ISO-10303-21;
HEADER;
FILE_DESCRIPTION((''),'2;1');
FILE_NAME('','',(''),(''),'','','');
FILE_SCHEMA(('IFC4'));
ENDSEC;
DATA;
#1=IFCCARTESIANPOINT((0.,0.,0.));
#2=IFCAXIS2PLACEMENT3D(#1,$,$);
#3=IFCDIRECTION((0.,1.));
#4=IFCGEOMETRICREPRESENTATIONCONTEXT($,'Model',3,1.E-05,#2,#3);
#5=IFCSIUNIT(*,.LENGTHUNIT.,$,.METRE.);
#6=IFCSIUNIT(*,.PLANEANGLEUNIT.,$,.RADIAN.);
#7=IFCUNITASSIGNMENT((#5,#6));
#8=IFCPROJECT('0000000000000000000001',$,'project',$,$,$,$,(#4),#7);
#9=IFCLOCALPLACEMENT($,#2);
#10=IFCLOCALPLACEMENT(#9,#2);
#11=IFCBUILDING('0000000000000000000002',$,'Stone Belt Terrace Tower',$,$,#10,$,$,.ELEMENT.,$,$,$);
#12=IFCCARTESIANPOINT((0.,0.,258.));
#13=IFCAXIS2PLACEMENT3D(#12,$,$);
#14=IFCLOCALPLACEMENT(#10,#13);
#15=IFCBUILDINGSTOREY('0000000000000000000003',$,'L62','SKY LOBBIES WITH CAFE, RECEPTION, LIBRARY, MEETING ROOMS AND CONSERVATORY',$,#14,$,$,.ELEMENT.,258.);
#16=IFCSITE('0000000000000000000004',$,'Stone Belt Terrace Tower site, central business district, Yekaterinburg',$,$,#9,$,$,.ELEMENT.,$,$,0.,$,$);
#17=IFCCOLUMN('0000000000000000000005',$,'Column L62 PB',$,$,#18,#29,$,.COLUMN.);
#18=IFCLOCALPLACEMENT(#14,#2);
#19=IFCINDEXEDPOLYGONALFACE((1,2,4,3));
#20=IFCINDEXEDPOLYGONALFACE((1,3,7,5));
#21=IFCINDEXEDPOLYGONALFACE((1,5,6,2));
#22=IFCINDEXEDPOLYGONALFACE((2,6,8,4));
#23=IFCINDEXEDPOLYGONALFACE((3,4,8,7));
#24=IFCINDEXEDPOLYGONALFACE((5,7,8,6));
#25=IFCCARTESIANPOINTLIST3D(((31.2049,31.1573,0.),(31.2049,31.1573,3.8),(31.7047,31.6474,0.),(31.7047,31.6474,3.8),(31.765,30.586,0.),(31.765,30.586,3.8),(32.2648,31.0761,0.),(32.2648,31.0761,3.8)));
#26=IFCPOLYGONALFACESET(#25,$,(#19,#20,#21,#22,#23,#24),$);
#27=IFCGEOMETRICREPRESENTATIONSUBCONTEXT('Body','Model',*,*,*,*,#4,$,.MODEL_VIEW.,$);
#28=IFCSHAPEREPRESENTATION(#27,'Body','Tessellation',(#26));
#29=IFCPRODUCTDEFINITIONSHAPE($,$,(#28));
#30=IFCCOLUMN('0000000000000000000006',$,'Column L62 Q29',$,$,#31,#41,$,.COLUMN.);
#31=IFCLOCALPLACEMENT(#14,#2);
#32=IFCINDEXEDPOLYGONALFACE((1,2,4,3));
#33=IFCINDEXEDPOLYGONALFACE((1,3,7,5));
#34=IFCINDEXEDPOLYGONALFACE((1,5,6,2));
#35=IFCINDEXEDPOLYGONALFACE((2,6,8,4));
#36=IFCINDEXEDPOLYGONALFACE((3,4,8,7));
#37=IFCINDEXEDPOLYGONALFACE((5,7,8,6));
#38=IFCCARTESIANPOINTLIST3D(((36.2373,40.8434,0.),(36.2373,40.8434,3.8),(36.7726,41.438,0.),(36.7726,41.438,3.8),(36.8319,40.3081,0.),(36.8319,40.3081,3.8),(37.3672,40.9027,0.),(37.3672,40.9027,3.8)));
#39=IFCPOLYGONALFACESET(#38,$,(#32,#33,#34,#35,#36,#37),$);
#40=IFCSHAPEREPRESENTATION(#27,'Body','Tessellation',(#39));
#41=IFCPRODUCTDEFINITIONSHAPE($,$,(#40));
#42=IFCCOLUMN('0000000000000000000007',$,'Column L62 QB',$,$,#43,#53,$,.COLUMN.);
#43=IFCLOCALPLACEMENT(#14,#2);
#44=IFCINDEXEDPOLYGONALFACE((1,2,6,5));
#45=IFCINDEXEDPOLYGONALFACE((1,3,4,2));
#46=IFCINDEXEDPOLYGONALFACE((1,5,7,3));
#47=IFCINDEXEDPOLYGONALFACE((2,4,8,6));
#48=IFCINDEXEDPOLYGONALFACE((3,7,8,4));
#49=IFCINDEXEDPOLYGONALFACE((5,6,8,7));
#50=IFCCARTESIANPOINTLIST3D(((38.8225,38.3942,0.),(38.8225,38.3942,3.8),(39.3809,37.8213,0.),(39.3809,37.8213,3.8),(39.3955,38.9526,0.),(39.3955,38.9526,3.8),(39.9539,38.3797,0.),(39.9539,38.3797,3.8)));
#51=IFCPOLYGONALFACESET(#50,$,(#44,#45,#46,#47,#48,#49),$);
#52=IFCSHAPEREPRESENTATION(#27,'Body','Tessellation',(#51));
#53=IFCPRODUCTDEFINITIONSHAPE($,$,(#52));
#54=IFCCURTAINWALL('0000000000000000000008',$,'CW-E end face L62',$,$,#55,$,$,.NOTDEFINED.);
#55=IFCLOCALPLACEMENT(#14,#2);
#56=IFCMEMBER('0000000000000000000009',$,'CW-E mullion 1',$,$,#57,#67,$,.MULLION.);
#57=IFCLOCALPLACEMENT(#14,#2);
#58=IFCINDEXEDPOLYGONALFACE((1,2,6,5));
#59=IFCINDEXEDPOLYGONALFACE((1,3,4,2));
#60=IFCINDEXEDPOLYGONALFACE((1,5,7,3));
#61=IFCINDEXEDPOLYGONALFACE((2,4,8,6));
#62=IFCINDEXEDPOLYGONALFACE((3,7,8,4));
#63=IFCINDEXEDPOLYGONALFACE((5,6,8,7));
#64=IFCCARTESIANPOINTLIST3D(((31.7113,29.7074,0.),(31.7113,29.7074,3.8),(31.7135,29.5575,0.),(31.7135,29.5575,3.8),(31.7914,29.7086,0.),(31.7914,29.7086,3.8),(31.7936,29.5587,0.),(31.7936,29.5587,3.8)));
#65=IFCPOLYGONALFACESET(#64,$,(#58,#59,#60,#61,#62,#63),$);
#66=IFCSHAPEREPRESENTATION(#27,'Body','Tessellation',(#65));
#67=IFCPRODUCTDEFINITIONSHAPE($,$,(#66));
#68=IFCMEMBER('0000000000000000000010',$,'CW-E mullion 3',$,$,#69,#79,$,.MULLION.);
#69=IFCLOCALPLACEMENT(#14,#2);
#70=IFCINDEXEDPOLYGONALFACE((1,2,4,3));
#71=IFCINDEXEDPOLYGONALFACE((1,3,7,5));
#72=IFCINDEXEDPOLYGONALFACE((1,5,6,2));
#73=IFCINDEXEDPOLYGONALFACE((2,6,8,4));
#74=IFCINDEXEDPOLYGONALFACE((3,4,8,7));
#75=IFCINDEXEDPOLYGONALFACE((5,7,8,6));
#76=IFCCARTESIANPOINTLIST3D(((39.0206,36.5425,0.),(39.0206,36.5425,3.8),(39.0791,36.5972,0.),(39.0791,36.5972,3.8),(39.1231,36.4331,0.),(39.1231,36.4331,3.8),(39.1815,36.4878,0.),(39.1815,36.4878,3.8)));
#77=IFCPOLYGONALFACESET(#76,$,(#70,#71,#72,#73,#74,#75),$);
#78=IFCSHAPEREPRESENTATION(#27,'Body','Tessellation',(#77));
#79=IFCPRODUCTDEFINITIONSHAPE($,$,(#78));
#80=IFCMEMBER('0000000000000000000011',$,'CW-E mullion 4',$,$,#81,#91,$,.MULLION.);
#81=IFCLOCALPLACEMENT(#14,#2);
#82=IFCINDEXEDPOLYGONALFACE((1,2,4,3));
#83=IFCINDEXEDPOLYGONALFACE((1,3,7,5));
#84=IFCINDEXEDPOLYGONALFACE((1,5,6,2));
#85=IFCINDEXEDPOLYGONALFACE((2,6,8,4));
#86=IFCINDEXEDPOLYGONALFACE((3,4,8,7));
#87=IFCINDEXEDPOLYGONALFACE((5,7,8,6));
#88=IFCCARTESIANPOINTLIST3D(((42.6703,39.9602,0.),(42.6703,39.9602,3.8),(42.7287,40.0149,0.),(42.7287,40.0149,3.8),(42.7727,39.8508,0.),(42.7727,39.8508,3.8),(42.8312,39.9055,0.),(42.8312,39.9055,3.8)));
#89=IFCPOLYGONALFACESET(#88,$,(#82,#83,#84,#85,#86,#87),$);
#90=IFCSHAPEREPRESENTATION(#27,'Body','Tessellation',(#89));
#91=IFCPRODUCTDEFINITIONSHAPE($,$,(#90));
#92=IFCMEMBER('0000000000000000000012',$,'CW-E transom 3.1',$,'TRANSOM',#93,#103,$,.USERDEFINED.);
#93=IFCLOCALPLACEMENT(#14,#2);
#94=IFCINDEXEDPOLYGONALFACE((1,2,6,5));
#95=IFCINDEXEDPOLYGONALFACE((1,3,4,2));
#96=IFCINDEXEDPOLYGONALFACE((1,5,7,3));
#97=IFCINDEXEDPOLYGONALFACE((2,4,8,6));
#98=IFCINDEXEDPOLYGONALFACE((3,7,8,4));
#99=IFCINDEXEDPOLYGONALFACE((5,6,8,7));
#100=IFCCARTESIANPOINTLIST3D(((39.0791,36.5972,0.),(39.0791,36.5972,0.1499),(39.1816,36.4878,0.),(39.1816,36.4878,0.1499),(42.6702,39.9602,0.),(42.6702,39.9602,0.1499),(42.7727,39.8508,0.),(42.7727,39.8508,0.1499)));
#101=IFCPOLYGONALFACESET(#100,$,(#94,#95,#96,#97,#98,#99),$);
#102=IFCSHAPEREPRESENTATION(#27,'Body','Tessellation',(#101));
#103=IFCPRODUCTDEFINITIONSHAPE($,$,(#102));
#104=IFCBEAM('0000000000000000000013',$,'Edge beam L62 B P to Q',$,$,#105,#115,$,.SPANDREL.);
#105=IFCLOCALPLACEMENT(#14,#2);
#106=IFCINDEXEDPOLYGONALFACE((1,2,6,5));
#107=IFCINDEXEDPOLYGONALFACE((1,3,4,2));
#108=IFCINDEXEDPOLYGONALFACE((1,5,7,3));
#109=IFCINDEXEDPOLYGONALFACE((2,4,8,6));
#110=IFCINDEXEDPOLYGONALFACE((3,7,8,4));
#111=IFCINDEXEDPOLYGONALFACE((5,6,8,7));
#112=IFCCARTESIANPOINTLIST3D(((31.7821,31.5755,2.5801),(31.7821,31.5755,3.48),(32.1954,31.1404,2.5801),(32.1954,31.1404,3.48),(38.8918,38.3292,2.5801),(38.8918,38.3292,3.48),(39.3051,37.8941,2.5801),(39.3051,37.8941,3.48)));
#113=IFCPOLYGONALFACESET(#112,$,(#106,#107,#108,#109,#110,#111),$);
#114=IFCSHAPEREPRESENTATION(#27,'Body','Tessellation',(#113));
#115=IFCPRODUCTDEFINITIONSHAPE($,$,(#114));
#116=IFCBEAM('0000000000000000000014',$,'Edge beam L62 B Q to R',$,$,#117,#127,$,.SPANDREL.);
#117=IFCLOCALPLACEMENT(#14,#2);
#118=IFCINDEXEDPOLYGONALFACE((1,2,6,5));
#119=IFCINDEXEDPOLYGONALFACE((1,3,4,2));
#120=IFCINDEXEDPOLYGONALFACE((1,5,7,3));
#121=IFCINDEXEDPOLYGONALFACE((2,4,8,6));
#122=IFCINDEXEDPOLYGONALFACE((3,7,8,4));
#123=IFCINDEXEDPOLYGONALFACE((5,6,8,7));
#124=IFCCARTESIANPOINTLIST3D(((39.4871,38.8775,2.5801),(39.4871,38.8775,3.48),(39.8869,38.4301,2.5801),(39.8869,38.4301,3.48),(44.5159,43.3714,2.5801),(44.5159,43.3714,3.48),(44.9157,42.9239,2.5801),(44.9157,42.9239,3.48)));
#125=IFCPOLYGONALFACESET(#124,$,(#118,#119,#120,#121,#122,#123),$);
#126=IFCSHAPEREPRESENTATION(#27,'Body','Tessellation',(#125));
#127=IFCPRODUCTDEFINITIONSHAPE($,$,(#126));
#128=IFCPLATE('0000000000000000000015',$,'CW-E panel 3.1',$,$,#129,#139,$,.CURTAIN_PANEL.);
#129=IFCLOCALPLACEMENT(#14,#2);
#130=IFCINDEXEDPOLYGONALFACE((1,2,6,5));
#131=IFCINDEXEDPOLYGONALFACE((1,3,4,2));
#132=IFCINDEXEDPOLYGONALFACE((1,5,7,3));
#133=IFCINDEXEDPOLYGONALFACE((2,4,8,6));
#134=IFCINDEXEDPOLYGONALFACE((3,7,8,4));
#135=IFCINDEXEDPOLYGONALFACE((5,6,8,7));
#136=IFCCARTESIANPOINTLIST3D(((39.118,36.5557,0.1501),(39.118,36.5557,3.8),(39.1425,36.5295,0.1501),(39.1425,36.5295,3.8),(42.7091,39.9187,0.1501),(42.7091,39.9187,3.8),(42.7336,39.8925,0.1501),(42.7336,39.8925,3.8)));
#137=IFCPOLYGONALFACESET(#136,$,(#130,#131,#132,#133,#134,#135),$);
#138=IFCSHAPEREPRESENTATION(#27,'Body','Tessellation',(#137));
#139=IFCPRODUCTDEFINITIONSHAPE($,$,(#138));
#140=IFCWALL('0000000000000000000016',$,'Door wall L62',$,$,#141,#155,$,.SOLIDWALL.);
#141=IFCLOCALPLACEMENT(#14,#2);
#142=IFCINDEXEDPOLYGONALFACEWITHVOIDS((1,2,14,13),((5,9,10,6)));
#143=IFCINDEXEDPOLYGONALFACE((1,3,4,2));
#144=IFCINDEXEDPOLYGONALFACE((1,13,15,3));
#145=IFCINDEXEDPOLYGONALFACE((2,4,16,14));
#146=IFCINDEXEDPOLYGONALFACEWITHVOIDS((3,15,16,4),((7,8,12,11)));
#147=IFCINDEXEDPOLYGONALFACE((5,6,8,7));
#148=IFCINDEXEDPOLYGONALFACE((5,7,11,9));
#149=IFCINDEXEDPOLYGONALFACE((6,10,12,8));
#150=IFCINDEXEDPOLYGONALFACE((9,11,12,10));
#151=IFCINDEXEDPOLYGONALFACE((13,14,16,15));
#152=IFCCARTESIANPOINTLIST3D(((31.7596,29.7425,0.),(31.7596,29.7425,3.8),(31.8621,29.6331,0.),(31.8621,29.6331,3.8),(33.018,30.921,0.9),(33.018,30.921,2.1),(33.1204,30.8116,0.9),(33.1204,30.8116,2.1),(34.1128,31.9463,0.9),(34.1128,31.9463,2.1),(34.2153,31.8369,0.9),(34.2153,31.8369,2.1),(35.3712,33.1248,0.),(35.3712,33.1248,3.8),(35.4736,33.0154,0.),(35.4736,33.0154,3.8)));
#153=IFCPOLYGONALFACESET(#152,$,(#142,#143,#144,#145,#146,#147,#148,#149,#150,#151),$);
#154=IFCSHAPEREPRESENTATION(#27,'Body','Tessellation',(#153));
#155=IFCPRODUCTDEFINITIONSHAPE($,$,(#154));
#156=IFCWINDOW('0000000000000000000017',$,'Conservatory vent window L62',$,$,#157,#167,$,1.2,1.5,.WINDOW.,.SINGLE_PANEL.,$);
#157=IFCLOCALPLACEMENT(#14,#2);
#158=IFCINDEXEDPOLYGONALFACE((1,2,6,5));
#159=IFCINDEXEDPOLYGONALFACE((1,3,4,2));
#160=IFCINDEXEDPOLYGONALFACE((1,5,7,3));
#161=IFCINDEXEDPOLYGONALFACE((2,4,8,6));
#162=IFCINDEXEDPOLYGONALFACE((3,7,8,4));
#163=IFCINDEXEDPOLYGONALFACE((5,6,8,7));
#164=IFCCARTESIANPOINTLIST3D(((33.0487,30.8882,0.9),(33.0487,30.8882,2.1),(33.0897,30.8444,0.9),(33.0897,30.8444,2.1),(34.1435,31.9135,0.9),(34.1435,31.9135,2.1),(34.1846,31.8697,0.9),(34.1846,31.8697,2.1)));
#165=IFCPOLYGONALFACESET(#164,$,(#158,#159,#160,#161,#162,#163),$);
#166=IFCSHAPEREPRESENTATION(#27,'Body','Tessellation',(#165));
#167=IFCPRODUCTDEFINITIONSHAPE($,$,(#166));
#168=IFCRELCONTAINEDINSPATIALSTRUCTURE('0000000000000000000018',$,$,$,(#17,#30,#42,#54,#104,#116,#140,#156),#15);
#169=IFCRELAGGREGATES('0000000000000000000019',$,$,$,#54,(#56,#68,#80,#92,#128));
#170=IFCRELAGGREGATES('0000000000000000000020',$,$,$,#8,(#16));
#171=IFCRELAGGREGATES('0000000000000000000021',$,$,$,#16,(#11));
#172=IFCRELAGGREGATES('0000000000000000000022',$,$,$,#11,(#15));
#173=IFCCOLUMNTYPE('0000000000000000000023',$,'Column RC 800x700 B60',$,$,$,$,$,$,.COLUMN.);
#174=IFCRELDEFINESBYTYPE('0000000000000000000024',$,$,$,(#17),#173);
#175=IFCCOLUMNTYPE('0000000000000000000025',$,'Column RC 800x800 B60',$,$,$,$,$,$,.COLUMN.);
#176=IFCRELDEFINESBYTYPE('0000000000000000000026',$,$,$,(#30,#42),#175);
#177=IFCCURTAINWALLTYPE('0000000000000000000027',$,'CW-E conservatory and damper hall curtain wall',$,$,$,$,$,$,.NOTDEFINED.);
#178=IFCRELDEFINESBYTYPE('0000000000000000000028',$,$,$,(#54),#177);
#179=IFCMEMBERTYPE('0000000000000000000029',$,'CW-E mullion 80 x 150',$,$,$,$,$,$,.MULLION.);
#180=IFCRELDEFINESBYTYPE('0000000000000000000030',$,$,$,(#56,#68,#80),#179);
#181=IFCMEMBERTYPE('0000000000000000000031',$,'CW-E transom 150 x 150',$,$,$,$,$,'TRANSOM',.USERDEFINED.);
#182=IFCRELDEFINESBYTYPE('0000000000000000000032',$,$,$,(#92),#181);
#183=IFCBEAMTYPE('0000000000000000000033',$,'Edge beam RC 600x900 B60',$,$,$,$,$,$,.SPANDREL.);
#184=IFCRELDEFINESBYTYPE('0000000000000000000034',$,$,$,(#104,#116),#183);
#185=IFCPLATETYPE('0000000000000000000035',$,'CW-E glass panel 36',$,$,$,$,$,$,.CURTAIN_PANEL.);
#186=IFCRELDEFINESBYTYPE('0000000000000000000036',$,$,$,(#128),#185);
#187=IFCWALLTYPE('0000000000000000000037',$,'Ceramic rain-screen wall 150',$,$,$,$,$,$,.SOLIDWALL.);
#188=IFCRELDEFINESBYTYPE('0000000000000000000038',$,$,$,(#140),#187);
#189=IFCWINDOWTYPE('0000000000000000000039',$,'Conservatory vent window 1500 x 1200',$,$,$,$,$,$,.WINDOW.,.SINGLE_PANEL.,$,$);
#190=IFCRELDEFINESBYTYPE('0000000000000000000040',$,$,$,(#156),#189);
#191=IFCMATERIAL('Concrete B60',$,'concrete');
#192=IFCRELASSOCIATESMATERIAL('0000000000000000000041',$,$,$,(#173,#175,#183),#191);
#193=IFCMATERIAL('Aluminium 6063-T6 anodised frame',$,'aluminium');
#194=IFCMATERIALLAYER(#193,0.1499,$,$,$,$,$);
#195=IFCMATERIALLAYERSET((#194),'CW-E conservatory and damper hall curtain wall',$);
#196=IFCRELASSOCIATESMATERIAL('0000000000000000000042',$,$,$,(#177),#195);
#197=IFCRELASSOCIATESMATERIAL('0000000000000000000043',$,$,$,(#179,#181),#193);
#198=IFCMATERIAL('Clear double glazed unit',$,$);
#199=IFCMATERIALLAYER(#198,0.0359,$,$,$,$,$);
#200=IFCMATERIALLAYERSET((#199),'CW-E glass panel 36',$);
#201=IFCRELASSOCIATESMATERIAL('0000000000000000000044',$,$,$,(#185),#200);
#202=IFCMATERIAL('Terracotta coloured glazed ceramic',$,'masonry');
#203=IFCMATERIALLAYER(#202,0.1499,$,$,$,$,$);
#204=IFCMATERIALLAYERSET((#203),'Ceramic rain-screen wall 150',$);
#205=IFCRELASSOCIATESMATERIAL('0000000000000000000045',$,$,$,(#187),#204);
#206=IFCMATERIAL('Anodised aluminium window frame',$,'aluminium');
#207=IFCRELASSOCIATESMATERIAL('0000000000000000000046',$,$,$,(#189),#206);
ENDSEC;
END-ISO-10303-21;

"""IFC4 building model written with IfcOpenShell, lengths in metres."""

from ifc_helpers import new_model, si_unit, direction, frame, frame_2d, origin, origin_2d, place, context, subcontext, project, spatial, rectangle, extrude, material, layer, layer_set, material_profile, profile_set, type_object, element, fill, aggregate, save


model = new_model("IFC4")

# Units and contexts
model_context = context("Model", 3, precision=1e-05, world=origin(), true_north=direction((0.0, 1.0)))
body_context = subcontext(model_context, "Body", "Model", "MODEL_VIEW")
ifc_project = project(units=[si_unit("LENGTHUNIT", "METRE"), si_unit("PLANEANGLEUNIT", "RADIAN")], contexts=[model_context])

# Site, building, storey
site_placement = place(None, origin())
site = spatial("IfcSite", under=ifc_project, at=site_placement, Name="Stone Belt Terrace Tower site, central business district, Yekaterinburg", CompositionType="ELEMENT", RefElevation=0.0)
building_placement = place(site_placement, origin())
building = spatial("IfcBuilding", under=site, at=building_placement, Name="Stone Belt Terrace Tower", CompositionType="ELEMENT")
storey_placement = place(building_placement, frame((0.0, 0.0, 258.0)))
storey = spatial("IfcBuildingStorey", under=building, at=storey_placement, Name="L62", Description="SKY LOBBIES WITH CAFE, RECEPTION, LIBRARY, MEETING ROOMS AND CONSERVATORY", CompositionType="ELEMENT", Elevation=258.0)

# Columns
ifc_material_1 = material(Name="Concrete B60", Category="concrete")
ifc_material_profile_1 = material_profile(ifc_material_1, rectangle(XDim=0.8, YDim=0.7, at=origin_2d()), Name="RC 800x700")
ifc_profile_set_1 = profile_set([ifc_material_profile_1], Name="Concrete B60")
column_type_1 = type_object("IfcColumnType", Name="Column RC 800x700 B60", PredefinedType="COLUMN", material=ifc_profile_set_1)
column_placement = place(storey_placement, frame((31.7349, 31.1167, 0.0), z_axis=(0.0, 0.0, 1.0), x_axis=(0.70012, -0.714026, 0.0)))
element("IfcColumn", 1, at=column_placement, inside=storey, type_object=column_type_1, Name="Column L62 PB", PredefinedType="COLUMN", context=body_context, shape_type="SweptSolid", body=[
    extrude(rectangle(XDim=0.8, YDim=0.7, at=origin_2d()), origin(), (0.0, 0.0, 1.0), 3.8),
])
ifc_material_profile_2 = material_profile(ifc_material_1, rectangle(XDim=0.8, YDim=0.8, at=origin_2d()), Name="RC 800x800")
ifc_profile_set_2 = profile_set([ifc_material_profile_2], Name="Concrete B60")
column_type_2 = type_object("IfcColumnType", Name="Column RC 800x800 B60", PredefinedType="COLUMN", material=ifc_profile_set_2)
for number, where, z_axis, x_axis, name in (
    (2, (36.8022, 40.873, 0.0), (0.0, 0.0, 1.0), (0.743145, -0.669131, 0.0), "Column L62 Q29"),
    (3, (39.3882, 38.387, 0.0), (0.0, 0.0, 1.0), (0.697944, -0.716152, 0.0), "Column L62 QB"),
):
    element("IfcColumn", number, at=place(storey_placement, frame(where, z_axis=z_axis, x_axis=x_axis)), inside=storey, type_object=column_type_2, Name=name, PredefinedType="COLUMN", context=body_context, shape_type="SweptSolid", body=[
        extrude(rectangle(XDim=0.8, YDim=0.8, at=origin_2d()), origin(), (0.0, 0.0, 1.0), 3.8),
    ])

# Curtain wall, members
ifc_material_2 = material(Name="Aluminium 6063-T6 anodised frame", Category="aluminium")
ifc_layer_1 = layer(ifc_material_2, 0.1499)
ifc_layer_set_1 = layer_set([ifc_layer_1], Name="CW-E conservatory and damper hall curtain wall")
curtain_wall_type = type_object("IfcCurtainWallType", Name="CW-E conservatory and damper hall curtain wall", PredefinedType="NOTDEFINED", material=ifc_layer_set_1)
curtain_wall_placement = place(storey_placement, origin())
curtain_wall = element("IfcCurtainWall", 4, at=curtain_wall_placement, inside=storey, type_object=curtain_wall_type, Name="CW-E end face L62", PredefinedType="NOTDEFINED")
ifc_material_profile_3 = material_profile(ifc_material_2, rectangle(XDim=0.1499, YDim=0.0801, at=origin_2d()), Name="Aluminium 6063-T6 80x150")
ifc_profile_set_3 = profile_set([ifc_material_profile_3], Name="Aluminium 6063-T6 anodised frame")
member_type_1 = type_object("IfcMemberType", Name="CW-E mullion 80 x 150", PredefinedType="MULLION", material=ifc_profile_set_3)
member_1_placement = place(storey_placement, frame((31.7524, 29.6331, 0.0), z_axis=(0.0, 0.0, 1.0), x_axis=(-0.014682, 0.999892, 0.0)))
member_1 = element("IfcMember", 5, at=member_1_placement, type_object=member_type_1, Name="CW-E mullion 1", PredefinedType="MULLION", context=body_context, shape_type="SweptSolid", body=[
    extrude(rectangle(XDim=0.1499, YDim=0.0801, at=origin_2d()), origin(), (0.0, 0.0, 1.0), 3.8),
])
member_2_placement = place(storey_placement, frame((39.1011, 36.5151, 0.0), z_axis=(0.0, 0.0, 1.0), x_axis=(-0.683549, 0.729904, 0.0)))
member_2 = element("IfcMember", 6, at=member_2_placement, type_object=member_type_1, Name="CW-E mullion 3", PredefinedType="MULLION", context=body_context, shape_type="SweptSolid", body=[
    extrude(rectangle(XDim=0.1499, YDim=0.0801, at=origin_2d()), origin(), (0.0, 0.0, 1.0), 3.8),
])
member_3_placement = place(storey_placement, frame((42.7507, 39.9329, 0.0), z_axis=(0.0, 0.0, 1.0), x_axis=(-0.683549, 0.729904, 0.0)))
member_3 = element("IfcMember", 7, at=member_3_placement, type_object=member_type_1, Name="CW-E mullion 4", PredefinedType="MULLION", context=body_context, shape_type="SweptSolid", body=[
    extrude(rectangle(XDim=0.1499, YDim=0.0801, at=origin_2d()), origin(), (0.0, 0.0, 1.0), 3.8),
])
ifc_material_profile_4 = material_profile(ifc_material_2, rectangle(XDim=0.1499, YDim=0.1499, at=origin_2d()), Name="Aluminium 6063-T6 150x150")
ifc_profile_set_4 = profile_set([ifc_material_profile_4], Name="Aluminium 6063-T6 anodised frame")
member_type_2 = type_object("IfcMemberType", Name="CW-E transom 150 x 150", ElementType="TRANSOM", PredefinedType="USERDEFINED", material=ifc_profile_set_4)
member_4_placement = place(storey_placement, frame((39.1304, 36.5425, 0.075), z_axis=(0.729901, 0.683553, 0.0), x_axis=(-0.683553, 0.729901, 0.0)))
member_4 = element("IfcMember", 8, at=member_4_placement, type_object=member_type_2, Name="CW-E transom 3.1", ObjectType="TRANSOM", PredefinedType="USERDEFINED", context=body_context, shape_type="SweptSolid", body=[
    extrude(rectangle(XDim=0.1499, YDim=0.1499, at=origin_2d()), origin(), (0.0, 0.0, 1.0), 4.9199),
])

# Beams
ifc_material_profile_5 = material_profile(ifc_material_1, rectangle(XDim=0.6001, YDim=0.8999, at=origin_2d()), Name="RC 600x900")
ifc_profile_set_5 = profile_set([ifc_material_profile_5], Name="Concrete B60")
beam_type = type_object("IfcBeamType", Name="Edge beam RC 600x900 B60", PredefinedType="SPANDREL", material=ifc_profile_set_5)
beam_1_placement = place(storey_placement, frame((31.9888, 31.3579, 3.03), z_axis=(0.725024, 0.688724, 0.0), x_axis=(-0.688724, 0.725024, 0.0)))
element("IfcBeam", 9, at=beam_1_placement, inside=storey, type_object=beam_type, Name="Edge beam L62 B P to Q", PredefinedType="SPANDREL", context=body_context, shape_type="SweptSolid", body=[
    extrude(rectangle(XDim=0.6001, YDim=0.8999, at=origin_2d()), origin(), (0.0, 0.0, 1.0), 9.8062),
])
beam_2_placement = place(storey_placement, frame((39.687, 38.6538, 3.03), z_axis=(0.745651, 0.666337, 0.0), x_axis=(-0.666337, 0.745651, 0.0)))
element("IfcBeam", 10, at=beam_2_placement, inside=storey, type_object=beam_type, Name="Edge beam L62 B Q to R", PredefinedType="SPANDREL", context=body_context, shape_type="SweptSolid", body=[
    extrude(rectangle(XDim=0.6001, YDim=0.8999, at=origin_2d()), origin(), (0.0, 0.0, 1.0), 6.7441),
])

# Plate
ifc_material_3 = material(Name="Clear double glazed unit")
ifc_layer_2 = layer(ifc_material_3, 0.0359)
ifc_layer_set_2 = layer_set([ifc_layer_2], Name="CW-E glass panel 36")
plate_type = type_object("IfcPlateType", Name="CW-E glass panel 36", PredefinedType="CURTAIN_PANEL", material=ifc_layer_set_2)
plate_placement = place(storey_placement, frame((40.9258, 38.2241, 0.1501), z_axis=(0.0, 0.0, 1.0), x_axis=(0.729904, 0.683549, 0.0)))
plate = element("IfcPlate", 11, at=plate_placement, type_object=plate_type, Name="CW-E panel 3.1", PredefinedType="CURTAIN_PANEL", context=body_context, shape_type="SweptSolid", body=[
    extrude(rectangle(XDim=4.9199, YDim=0.0359, at=origin_2d()), origin(), (0.0, 0.0, 1.0), 3.6499),
])
aggregate(curtain_wall, [member_1, member_2, member_3, member_4, plate])

# Wall, opening, window
ifc_material_4 = material(Name="Terracotta coloured glazed ceramic", Category="masonry")
ifc_layer_3 = layer(ifc_material_4, 0.1499)
ifc_layer_set_3 = layer_set([ifc_layer_3], Name="Ceramic rain-screen wall 150")
wall_type_1 = type_object("IfcWallType", Name="Ceramic rain-screen wall 150", PredefinedType="SOLIDWALL", material=ifc_layer_set_3)
wall_1_placement = place(storey_placement, frame((31.8108, 29.6877, 0.0), z_axis=(0.0, 0.0, 1.0), x_axis=(0.729893, 0.683562, 0.0)))
wall_1 = element("IfcWall", 12, at=wall_1_placement, inside=storey, type_object=wall_type_1, Name="Door wall L62", PredefinedType="SOLIDWALL", context=body_context, shape_type="SweptSolid", body=[
    extrude(rectangle(XDim=4.948, YDim=0.1499, at=frame_2d((2.4741, 0.0))), origin(), (0.0, 0.0, 1.0), 3.8),
])
opening_1_placement = place(wall_1_placement, frame((1.7241, 0.0, 0.8999)))
opening_1 = element("IfcOpeningElement", 13, at=opening_1_placement, cuts=wall_1, PredefinedType="OPENING", context=body_context, shape_type="SweptSolid", body=[
    extrude(rectangle(XDim=1.5, YDim=1.2, at=frame_2d((0.75, 0.6001))), frame((0.0, 0.085, 0.0), z_axis=(0.0, -1.0, 0.0), x_axis=(1.0, 0.0, 0.0)), (0.0, 0.0, 1.0), 0.1699),
])
ifc_material_5 = material(Name="Anodised aluminium window frame", Category="aluminium")
window_type = type_object("IfcWindowType", Name="Conservatory vent window 1500 x 1200", PartitioningType="SINGLE_PANEL", PredefinedType="WINDOW", material=ifc_material_5)
window_1_placement = place(opening_1_placement, origin())
window_1 = element("IfcWindow", 14, at=window_1_placement, inside=storey, type_object=window_type, Name="Conservatory vent window L62", OverallHeight=1.2, OverallWidth=1.5, PartitioningType="SINGLE_PANEL", PredefinedType="WINDOW", context=body_context, shape_type="SweptSolid", body=[
    extrude(rectangle(XDim=1.5, YDim=1.2, at=frame_2d((0.75, 0.6001))), frame((0.0, 0.03, 0.0), z_axis=(0.0, -1.0, 0.0), x_axis=(1.0, 0.0, 0.0)), (0.0, 0.0, 1.0), 0.0601),
])
fill(opening_1, window_1)

save(model, "model.ifc")
